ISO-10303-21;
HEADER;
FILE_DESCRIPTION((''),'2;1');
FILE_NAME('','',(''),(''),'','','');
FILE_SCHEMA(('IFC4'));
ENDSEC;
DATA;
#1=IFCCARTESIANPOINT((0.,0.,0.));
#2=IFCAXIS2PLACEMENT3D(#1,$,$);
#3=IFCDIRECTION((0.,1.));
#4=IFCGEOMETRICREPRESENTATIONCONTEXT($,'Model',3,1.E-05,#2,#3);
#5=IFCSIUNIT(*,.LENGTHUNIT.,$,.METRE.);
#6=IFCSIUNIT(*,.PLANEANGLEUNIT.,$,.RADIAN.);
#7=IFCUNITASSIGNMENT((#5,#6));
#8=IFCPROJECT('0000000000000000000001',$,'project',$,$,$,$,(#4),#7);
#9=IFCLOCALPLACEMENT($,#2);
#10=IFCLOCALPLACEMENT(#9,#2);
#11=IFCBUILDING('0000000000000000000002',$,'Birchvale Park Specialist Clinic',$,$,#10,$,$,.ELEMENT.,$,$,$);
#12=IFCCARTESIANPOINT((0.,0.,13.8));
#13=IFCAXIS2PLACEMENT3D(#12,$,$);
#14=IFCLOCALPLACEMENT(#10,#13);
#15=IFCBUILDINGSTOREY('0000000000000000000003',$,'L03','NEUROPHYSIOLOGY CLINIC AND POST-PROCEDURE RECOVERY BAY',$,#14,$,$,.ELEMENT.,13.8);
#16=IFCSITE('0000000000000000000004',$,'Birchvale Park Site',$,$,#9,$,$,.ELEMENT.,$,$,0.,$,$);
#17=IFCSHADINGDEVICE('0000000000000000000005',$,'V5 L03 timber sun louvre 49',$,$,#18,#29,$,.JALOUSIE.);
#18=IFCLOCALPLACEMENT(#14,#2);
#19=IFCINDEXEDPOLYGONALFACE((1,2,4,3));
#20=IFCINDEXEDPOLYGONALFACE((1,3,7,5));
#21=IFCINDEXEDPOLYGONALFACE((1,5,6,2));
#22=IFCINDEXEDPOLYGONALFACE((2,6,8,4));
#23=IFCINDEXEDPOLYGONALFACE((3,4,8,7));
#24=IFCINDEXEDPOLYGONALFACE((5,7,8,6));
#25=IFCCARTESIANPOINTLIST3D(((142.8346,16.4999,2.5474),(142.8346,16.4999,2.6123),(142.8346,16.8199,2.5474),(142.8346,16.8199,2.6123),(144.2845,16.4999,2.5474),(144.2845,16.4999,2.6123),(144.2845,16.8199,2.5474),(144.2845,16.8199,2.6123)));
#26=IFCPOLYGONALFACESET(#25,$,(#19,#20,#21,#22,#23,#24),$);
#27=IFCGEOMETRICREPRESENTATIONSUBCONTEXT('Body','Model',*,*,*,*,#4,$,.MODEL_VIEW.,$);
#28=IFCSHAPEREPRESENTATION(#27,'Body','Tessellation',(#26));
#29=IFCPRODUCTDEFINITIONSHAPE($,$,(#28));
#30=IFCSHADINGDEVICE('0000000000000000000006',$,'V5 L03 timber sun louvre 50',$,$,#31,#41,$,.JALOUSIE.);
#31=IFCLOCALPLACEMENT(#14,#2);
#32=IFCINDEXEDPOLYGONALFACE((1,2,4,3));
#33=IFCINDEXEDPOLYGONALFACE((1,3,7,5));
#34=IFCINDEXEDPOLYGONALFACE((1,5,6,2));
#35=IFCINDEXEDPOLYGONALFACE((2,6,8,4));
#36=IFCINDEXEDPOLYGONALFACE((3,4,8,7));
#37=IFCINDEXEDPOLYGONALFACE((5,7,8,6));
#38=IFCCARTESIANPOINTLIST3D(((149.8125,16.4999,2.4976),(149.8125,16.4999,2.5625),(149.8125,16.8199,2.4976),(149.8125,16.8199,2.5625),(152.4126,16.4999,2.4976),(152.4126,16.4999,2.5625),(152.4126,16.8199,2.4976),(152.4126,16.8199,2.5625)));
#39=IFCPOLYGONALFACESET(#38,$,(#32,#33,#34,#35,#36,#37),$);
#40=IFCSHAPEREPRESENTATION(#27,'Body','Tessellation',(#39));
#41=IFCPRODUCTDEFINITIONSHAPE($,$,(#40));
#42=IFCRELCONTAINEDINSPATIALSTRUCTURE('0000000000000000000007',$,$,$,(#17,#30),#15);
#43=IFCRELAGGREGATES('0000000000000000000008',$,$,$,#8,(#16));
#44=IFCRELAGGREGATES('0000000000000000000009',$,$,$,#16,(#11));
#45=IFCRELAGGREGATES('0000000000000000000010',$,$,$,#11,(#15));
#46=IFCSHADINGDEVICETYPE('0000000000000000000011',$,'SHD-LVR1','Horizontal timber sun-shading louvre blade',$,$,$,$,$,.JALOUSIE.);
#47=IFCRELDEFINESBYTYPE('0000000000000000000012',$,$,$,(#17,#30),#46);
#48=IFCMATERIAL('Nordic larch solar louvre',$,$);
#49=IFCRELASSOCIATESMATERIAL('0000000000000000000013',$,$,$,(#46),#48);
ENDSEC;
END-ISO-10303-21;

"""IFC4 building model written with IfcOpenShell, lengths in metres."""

from ifc_helpers import new_model, si_unit, direction, frame, origin, origin_2d, place, context, subcontext, project, spatial, rectangle, extrude, material, type_object, element, save


model = new_model("IFC4")

# Units and contexts
model_context = context("Model", 3, precision=1e-05, world=origin(), true_north=direction((0.0, 1.0)))
body_context = subcontext(model_context, "Body", "Model", "MODEL_VIEW")
ifc_project = project(units=[si_unit("LENGTHUNIT", "METRE"), si_unit("PLANEANGLEUNIT", "RADIAN")], contexts=[model_context])

# Site, building, storey
site_placement = place(None, origin())
site = spatial("IfcSite", under=ifc_project, at=site_placement, Name="Birchvale Park Site", CompositionType="ELEMENT", RefElevation=0.0)
building_placement = place(site_placement, origin())
building = spatial("IfcBuilding", under=site, at=building_placement, Name="Birchvale Park Specialist Clinic", CompositionType="ELEMENT")
storey_placement = place(building_placement, frame((0.0, 0.0, 13.8)))
storey = spatial("IfcBuildingStorey", under=building, at=storey_placement, Name="L03", Description="NEUROPHYSIOLOGY CLINIC AND POST-PROCEDURE RECOVERY BAY", CompositionType="ELEMENT", Elevation=13.8)

# Shading devices
ifc_material_1 = material(Name="Nordic larch solar louvre")
shading_device_type = type_object("IfcShadingDeviceType", Name="SHD-LVR1", Description="Horizontal timber sun-shading louvre blade", PredefinedType="JALOUSIE", material=ifc_material_1)
shading_device_1_placement = place(storey_placement, frame((143.5596, 16.6599, 2.5474), z_axis=(0.0, 0.0, 1.0), x_axis=(1.0, 0.0, 0.0)))
element("IfcShadingDevice", 1, at=shading_device_1_placement, inside=storey, type_object=shading_device_type, Name="V5 L03 timber sun louvre 49", PredefinedType="JALOUSIE", context=body_context, shape_type="SweptSolid", body=[
    extrude(rectangle(XDim=1.45, YDim=0.3201, at=origin_2d()), origin(), (0.0, 0.0, 1.0), 0.0649),
])
shading_device_2_placement = place(storey_placement, frame((151.1125, 16.6599, 2.4976), z_axis=(0.0, 0.0, 1.0), x_axis=(1.0, 0.0, 0.0)))
element("IfcShadingDevice", 2, at=shading_device_2_placement, inside=storey, type_object=shading_device_type, Name="V5 L03 timber sun louvre 50", PredefinedType="JALOUSIE", context=body_context, shape_type="SweptSolid", body=[
    extrude(rectangle(XDim=2.6001, YDim=0.3201, at=origin_2d()), origin(), (0.0, 0.0, 1.0), 0.0649),
])

save(model, "model.ifc")
